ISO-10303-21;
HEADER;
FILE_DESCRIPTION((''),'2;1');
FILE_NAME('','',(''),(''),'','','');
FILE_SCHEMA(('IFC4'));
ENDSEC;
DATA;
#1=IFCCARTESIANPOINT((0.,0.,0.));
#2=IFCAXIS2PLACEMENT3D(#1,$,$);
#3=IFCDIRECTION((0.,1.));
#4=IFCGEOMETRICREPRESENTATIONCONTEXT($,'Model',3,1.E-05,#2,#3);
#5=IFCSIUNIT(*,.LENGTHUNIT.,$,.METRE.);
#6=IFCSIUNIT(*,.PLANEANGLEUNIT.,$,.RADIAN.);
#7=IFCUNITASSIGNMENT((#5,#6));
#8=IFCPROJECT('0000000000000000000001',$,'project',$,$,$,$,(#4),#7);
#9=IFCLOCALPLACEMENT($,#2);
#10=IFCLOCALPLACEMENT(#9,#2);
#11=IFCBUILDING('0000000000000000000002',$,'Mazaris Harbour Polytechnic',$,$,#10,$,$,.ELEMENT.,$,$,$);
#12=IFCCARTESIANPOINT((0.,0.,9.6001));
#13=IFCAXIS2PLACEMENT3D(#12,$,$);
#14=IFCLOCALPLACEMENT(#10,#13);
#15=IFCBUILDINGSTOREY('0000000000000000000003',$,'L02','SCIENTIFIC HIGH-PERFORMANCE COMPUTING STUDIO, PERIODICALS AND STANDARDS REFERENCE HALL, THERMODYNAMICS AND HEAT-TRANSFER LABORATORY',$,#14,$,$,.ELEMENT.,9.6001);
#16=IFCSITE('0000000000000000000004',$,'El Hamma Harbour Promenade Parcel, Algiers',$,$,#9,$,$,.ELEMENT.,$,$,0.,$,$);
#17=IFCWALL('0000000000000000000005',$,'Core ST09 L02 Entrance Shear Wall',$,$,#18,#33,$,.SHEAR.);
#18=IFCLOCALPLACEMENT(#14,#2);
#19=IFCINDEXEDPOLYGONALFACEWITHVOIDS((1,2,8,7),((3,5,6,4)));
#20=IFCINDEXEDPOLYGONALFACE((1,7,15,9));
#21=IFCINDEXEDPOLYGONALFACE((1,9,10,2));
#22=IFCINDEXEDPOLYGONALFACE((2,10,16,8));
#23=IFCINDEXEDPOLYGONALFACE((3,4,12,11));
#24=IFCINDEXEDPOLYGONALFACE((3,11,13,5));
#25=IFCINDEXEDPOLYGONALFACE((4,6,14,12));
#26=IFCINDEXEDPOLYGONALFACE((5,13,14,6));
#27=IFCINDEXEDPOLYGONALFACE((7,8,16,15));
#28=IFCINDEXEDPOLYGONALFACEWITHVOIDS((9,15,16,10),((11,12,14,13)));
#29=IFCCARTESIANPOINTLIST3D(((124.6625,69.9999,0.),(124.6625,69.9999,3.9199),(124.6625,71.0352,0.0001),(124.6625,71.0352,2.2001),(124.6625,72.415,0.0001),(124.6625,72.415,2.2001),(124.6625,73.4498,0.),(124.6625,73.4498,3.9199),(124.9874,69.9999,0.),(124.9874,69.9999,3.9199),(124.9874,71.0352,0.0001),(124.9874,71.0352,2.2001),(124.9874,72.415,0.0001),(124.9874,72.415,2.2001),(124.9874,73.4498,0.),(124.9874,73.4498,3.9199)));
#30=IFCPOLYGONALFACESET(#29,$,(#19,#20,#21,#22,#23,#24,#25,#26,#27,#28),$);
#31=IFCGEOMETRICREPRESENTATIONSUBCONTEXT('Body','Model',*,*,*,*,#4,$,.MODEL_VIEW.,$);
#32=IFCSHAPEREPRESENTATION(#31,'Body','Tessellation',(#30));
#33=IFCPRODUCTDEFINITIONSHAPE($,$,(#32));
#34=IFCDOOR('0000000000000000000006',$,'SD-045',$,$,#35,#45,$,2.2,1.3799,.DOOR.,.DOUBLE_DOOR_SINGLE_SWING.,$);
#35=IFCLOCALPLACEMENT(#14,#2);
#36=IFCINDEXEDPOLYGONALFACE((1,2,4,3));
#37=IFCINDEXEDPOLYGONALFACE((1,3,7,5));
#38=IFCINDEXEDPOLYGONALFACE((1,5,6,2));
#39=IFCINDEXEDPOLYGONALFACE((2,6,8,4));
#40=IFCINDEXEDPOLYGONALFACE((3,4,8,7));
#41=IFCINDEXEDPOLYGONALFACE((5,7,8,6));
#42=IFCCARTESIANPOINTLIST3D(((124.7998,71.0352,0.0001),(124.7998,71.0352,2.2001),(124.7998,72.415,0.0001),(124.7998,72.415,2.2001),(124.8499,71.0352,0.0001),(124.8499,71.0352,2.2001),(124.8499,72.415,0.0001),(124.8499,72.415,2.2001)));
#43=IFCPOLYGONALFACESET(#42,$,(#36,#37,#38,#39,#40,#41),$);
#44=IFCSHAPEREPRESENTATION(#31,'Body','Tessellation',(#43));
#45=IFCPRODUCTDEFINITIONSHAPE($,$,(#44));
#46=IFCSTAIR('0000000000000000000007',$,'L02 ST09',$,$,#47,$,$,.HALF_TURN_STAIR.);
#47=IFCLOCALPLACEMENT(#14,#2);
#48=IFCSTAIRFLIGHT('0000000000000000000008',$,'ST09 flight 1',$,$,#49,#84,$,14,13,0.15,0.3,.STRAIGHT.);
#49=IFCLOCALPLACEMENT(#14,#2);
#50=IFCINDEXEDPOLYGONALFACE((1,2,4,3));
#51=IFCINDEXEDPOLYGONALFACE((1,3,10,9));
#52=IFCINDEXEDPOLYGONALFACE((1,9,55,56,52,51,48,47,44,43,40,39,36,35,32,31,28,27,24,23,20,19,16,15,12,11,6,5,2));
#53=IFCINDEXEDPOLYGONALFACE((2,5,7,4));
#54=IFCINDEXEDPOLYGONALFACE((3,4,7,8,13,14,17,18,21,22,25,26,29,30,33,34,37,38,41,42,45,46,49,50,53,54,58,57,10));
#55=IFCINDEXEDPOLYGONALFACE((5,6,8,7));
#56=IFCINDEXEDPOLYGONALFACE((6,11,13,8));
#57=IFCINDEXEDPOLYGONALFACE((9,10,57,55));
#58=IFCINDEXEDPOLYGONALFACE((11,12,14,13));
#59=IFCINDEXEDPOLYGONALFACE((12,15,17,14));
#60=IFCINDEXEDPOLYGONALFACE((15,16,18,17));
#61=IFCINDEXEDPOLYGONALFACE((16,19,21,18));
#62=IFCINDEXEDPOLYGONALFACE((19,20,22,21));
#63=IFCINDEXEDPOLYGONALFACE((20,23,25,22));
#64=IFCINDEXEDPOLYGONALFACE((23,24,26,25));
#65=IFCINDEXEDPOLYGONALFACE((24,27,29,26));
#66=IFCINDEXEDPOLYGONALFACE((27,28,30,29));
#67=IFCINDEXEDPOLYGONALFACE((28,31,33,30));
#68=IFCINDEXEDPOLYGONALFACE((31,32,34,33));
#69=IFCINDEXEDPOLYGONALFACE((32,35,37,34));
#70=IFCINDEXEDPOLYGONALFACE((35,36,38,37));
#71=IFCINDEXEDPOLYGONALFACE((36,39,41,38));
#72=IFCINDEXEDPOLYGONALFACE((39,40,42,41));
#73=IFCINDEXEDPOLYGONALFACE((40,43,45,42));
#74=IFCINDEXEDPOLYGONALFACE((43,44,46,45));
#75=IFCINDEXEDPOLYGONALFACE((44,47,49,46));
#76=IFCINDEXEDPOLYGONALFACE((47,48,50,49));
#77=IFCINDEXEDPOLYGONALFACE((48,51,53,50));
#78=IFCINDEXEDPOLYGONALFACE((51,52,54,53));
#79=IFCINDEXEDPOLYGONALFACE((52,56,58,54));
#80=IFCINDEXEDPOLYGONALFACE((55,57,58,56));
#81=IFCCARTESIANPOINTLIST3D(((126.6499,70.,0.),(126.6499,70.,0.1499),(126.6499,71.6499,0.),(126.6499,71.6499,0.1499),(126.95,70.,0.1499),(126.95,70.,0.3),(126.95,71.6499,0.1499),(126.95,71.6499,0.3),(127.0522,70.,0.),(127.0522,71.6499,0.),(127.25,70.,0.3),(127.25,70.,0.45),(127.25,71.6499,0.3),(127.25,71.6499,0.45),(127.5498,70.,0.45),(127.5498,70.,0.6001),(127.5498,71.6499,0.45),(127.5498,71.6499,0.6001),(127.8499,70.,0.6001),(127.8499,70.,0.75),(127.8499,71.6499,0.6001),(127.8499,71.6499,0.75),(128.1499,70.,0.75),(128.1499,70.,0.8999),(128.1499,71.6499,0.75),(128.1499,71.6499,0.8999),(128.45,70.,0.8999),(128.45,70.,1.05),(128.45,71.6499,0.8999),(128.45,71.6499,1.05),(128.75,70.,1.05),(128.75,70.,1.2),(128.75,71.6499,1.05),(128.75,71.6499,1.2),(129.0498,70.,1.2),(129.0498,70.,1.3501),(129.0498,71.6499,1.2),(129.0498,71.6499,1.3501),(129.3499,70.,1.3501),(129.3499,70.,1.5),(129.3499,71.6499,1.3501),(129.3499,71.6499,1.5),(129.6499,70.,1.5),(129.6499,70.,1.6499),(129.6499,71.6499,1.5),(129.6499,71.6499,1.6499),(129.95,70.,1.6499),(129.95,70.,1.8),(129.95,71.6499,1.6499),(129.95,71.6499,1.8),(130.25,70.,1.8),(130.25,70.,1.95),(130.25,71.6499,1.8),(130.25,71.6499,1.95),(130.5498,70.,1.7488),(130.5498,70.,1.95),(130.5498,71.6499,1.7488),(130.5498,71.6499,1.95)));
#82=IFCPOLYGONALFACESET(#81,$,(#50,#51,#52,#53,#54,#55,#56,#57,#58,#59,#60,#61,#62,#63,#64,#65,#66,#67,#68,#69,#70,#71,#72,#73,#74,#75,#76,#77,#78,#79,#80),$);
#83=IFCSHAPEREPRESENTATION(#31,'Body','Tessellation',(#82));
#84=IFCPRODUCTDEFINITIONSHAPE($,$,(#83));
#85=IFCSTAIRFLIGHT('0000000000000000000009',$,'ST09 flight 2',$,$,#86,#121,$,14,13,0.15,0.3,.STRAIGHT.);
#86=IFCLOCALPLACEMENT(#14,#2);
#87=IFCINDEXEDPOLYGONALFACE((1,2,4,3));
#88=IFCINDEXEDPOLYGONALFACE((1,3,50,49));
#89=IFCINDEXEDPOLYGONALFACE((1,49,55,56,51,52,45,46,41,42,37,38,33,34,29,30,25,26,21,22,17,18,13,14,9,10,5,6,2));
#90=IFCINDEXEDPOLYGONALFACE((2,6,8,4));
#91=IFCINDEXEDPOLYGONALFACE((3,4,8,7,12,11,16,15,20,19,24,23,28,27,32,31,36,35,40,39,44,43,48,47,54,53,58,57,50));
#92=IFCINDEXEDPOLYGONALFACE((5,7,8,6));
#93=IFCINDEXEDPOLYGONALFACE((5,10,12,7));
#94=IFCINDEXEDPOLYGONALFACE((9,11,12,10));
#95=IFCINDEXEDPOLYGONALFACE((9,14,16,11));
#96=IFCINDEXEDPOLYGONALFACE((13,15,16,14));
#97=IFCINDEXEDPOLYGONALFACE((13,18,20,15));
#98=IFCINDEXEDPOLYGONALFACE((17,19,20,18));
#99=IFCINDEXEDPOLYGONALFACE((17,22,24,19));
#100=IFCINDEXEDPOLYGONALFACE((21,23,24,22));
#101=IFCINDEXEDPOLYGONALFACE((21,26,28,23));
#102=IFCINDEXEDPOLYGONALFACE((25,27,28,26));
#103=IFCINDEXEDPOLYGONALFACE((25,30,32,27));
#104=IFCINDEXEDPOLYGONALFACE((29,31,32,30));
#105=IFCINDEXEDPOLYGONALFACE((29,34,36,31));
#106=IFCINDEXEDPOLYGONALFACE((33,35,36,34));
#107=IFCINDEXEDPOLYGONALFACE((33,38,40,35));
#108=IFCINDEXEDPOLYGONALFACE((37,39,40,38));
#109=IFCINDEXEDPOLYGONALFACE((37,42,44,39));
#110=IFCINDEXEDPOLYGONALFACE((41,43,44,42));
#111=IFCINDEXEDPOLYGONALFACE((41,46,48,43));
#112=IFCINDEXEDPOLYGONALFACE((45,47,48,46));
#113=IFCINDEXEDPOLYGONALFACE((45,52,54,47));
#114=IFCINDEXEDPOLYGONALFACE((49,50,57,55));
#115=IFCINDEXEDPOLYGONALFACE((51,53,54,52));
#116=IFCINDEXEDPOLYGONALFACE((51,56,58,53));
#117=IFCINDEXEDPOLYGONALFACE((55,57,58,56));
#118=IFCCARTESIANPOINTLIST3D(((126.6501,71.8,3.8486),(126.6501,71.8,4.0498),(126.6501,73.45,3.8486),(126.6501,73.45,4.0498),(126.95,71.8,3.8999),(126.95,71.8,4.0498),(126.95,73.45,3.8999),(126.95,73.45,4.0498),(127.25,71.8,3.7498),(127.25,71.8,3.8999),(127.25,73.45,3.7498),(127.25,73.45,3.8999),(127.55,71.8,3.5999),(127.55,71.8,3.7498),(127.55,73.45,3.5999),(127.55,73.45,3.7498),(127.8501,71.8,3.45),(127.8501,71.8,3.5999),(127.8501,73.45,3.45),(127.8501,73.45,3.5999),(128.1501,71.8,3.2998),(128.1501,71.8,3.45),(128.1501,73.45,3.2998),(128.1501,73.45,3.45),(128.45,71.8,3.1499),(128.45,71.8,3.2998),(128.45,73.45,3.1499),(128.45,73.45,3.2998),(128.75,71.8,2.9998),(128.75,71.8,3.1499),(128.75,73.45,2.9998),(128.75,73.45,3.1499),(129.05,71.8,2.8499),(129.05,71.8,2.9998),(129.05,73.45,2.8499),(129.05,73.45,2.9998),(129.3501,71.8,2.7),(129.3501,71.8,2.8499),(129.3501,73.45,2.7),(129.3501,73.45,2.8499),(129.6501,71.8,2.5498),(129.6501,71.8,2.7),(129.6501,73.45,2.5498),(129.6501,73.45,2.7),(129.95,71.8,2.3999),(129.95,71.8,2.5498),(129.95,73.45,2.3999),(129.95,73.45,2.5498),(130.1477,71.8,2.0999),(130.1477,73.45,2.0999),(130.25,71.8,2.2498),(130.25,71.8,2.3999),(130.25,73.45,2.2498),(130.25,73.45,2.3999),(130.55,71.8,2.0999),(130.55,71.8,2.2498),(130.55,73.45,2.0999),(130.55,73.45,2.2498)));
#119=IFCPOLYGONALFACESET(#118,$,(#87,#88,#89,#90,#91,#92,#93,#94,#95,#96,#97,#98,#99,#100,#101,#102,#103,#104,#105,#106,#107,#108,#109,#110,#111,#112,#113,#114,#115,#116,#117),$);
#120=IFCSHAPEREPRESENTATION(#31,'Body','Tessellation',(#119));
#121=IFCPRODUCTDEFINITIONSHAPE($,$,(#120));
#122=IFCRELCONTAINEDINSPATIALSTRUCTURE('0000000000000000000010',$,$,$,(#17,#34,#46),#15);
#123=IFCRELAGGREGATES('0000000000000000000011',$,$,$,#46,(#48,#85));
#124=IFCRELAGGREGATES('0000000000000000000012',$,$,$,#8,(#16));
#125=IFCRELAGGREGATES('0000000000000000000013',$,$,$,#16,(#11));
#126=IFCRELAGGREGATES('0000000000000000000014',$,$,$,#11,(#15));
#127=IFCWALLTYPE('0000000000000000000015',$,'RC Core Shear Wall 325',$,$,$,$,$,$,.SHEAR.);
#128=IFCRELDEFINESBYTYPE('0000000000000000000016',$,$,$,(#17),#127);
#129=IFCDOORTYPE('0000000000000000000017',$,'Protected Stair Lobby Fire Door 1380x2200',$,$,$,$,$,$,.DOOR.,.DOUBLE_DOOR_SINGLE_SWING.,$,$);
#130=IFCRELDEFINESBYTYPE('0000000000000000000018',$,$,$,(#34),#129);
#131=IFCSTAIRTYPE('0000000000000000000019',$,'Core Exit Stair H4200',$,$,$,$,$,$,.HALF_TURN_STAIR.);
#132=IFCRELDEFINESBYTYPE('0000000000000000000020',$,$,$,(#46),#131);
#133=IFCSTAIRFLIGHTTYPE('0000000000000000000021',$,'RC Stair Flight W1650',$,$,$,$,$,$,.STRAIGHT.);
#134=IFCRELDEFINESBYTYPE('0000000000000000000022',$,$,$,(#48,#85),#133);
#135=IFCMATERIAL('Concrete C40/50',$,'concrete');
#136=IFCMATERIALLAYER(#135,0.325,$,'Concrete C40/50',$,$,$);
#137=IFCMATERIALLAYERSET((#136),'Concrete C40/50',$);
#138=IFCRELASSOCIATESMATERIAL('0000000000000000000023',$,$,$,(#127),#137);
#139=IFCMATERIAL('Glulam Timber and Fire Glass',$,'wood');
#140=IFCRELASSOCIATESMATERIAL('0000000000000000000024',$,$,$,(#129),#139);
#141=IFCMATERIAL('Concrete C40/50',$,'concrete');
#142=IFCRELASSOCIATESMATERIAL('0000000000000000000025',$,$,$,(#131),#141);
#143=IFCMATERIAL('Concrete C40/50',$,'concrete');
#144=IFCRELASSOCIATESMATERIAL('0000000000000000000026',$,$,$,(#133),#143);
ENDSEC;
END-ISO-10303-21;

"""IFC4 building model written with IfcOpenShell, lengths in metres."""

from ifc_helpers import new_model, si_unit, direction, frame, frame_2d, origin, place, context, subcontext, project, spatial, polyline, rectangle, outline, extrude, material, layer, layer_set, type_object, element, fill, aggregate, save


model = new_model("IFC4")

# Units and contexts
model_context = context("Model", 3, precision=1e-05, world=origin(), true_north=direction((0.0, 1.0)))
body_context = subcontext(model_context, "Body", "Model", "MODEL_VIEW")
ifc_project = project(units=[si_unit("LENGTHUNIT", "METRE"), si_unit("PLANEANGLEUNIT", "RADIAN")], contexts=[model_context])

# Site, building, storey
site_placement = place(None, origin())
site = spatial("IfcSite", under=ifc_project, at=site_placement, Name="El Hamma Harbour Promenade Parcel, Algiers", CompositionType="ELEMENT", RefElevation=0.0)
building_placement = place(site_placement, origin())
building = spatial("IfcBuilding", under=site, at=building_placement, Name="Mazaris Harbour Polytechnic", CompositionType="ELEMENT")
storey_placement = place(building_placement, frame((0.0, 0.0, 9.6001)))
storey = spatial("IfcBuildingStorey", under=building, at=storey_placement, Name="L02", Description="SCIENTIFIC HIGH-PERFORMANCE COMPUTING STUDIO, PERIODICALS AND STANDARDS REFERENCE HALL, THERMODYNAMICS AND HEAT-TRANSFER LABORATORY", CompositionType="ELEMENT", Elevation=9.6001)

# Shared definitions
ifc_material_1 = material(Name="Concrete C40/50", Category="concrete")
ifc_layer_1 = layer(ifc_material_1, 0.325, Name="Concrete C40/50")
ifc_layer_set_1 = layer_set([ifc_layer_1], Name="Concrete C40/50")
wall_type_1 = type_object("IfcWallType", Name="RC Core Shear Wall 325", PredefinedType="SHEAR", material=ifc_layer_set_1)

# Wall, opening, door
wall_1_placement = place(storey_placement, frame((124.825, 73.45, 0.0), z_axis=(0.0, 0.0, 1.0), x_axis=(0.0, -1.0, 0.0)))
wall_1 = element("IfcWall", 1, at=wall_1_placement, inside=storey, type_object=wall_type_1, Name="Core ST09 L02 Entrance Shear Wall", PredefinedType="SHEAR", context=body_context, shape_type="SweptSolid", body=[
    extrude(rectangle(XDim=3.45, YDim=0.325, at=frame_2d((1.7251, 0.0))), origin(), (0.0, 0.0, 1.0), 3.9199),
])
opening_placement = place(wall_1_placement, frame((1.0349, 0.0, 0.0)))
opening = element("IfcOpeningElement", 2, at=opening_placement, cuts=wall_1, PredefinedType="OPENING", context=body_context, shape_type="SweptSolid", body=[
    extrude(rectangle(XDim=1.3799, YDim=2.2, at=frame_2d((0.6899, 1.1001))), frame((0.0, 0.1724, 0.0), z_axis=(0.0, -1.0, 0.0), x_axis=(1.0, 0.0, 0.0)), (0.0, 0.0, 1.0), 0.345),
])
ifc_material_2 = material(Name="Glulam Timber and Fire Glass", Category="wood")
door_type = type_object("IfcDoorType", Name="Protected Stair Lobby Fire Door 1380x2200", OperationType="DOUBLE_DOOR_SINGLE_SWING", PredefinedType="DOOR", material=ifc_material_2)
door_placement = place(opening_placement, origin())
door = element("IfcDoor", 3, at=door_placement, inside=storey, type_object=door_type, Name="SD-045", OperationType="DOUBLE_DOOR_SINGLE_SWING", OverallHeight=2.2, OverallWidth=1.3799, PredefinedType="DOOR", context=body_context, shape_type="SweptSolid", body=[
    extrude(rectangle(XDim=1.3799, YDim=2.2, at=frame_2d((0.6899, 1.1001))), frame((0.0, 0.0249, 0.0), z_axis=(0.0, -1.0, 0.0), x_axis=(1.0, 0.0, 0.0)), (0.0, 0.0, 1.0), 0.05),
])
fill(opening, door)

# Stair, stair flights
ifc_material_3 = material(Name="Concrete C40/50", Category="concrete")
stair_type = type_object("IfcStairType", Name="Core Exit Stair H4200", PredefinedType="HALF_TURN_STAIR", material=ifc_material_3)
stair_placement = place(storey_placement, origin())
stair = element("IfcStair", 4, at=stair_placement, inside=storey, type_object=stair_type, Name="L02 ST09", PredefinedType="HALF_TURN_STAIR")
ifc_material_4 = material(Name="Concrete C40/50", Category="concrete")
stair_flight_type = type_object("IfcStairFlightType", Name="RC Stair Flight W1650", PredefinedType="STRAIGHT", material=ifc_material_4)
stair_flight_1_placement = place(storey_placement, frame((126.6499, 70.825, 0.0), z_axis=(0.0, 0.0, 1.0), x_axis=(1.0, 0.0, 0.0)))
stair_flight_1 = element("IfcStairFlight", 5, at=stair_flight_1_placement, type_object=stair_flight_type, Name="ST09 flight 1", NumberOfRisers=14, NumberOfTreads=13, PredefinedType="STRAIGHT", RiserHeight=0.15, TreadLength=0.3, context=body_context, shape_type="SweptSolid", body=[
    extrude(outline(polyline([(0.0, 0.0), (0.0, 0.1499), (0.3, 0.1499), (0.3, 0.3), (0.6001, 0.3), (0.6001, 0.45), (0.8999, 0.45), (0.8999, 0.6001), (1.2, 0.6001), (1.2, 0.75), (1.5, 0.75), (1.5, 0.8999), (1.8, 0.8999), (1.8, 1.05), (2.1001, 1.05), (2.1001, 1.2), (2.3999, 1.2), (2.3999, 1.3501), (2.7, 1.3501), (2.7, 1.5), (3.0, 1.5), (3.0, 1.6499), (3.3, 1.6499), (3.3, 1.8), (3.6001, 1.8), (3.6001, 1.95), (3.8999, 1.95), (3.8999, 2.1001), (3.8999, 1.7488), (0.4023, 0.0), (0.0, 0.0)])), frame((0.0, 0.825, 0.0), z_axis=(0.0, -1.0, 0.0), x_axis=(1.0, 0.0, 0.0)), (0.0, 0.0, 1.0), 1.6499),
])
stair_flight_2_placement = place(storey_placement, frame((130.55, 72.625, 2.0999), z_axis=(0.0, 0.0, 1.0), x_axis=(-1.0, 0.0, 0.0)))
stair_flight_2 = element("IfcStairFlight", 6, at=stair_flight_2_placement, type_object=stair_flight_type, Name="ST09 flight 2", NumberOfRisers=14, NumberOfTreads=13, PredefinedType="STRAIGHT", RiserHeight=0.15, TreadLength=0.3, context=body_context, shape_type="SweptSolid", body=[
    extrude(outline(polyline([(0.0, 0.0), (0.0, 0.1499), (0.3, 0.1499), (0.3, 0.3), (0.6001, 0.3), (0.6001, 0.45), (0.8999, 0.45), (0.8999, 0.6001), (1.2, 0.6001), (1.2, 0.75), (1.5, 0.75), (1.5, 0.8999), (1.8, 0.8999), (1.8, 1.05), (2.1001, 1.05), (2.1001, 1.2), (2.3999, 1.2), (2.3999, 1.3501), (2.7, 1.3501), (2.7, 1.5), (3.0, 1.5), (3.0, 1.6499), (3.3, 1.6499), (3.3, 1.8), (3.6001, 1.8), (3.6001, 1.95), (3.8999, 1.95), (3.8999, 2.1001), (3.8999, 1.7488), (0.4023, 0.0), (0.0, 0.0)])), frame((0.0, 0.825, 0.0), z_axis=(0.0, -1.0, 0.0), x_axis=(1.0, 0.0, 0.0)), (0.0, 0.0, 1.0), 1.6499),
])
aggregate(stair, [stair_flight_1, stair_flight_2])

save(model, "model.ifc")
